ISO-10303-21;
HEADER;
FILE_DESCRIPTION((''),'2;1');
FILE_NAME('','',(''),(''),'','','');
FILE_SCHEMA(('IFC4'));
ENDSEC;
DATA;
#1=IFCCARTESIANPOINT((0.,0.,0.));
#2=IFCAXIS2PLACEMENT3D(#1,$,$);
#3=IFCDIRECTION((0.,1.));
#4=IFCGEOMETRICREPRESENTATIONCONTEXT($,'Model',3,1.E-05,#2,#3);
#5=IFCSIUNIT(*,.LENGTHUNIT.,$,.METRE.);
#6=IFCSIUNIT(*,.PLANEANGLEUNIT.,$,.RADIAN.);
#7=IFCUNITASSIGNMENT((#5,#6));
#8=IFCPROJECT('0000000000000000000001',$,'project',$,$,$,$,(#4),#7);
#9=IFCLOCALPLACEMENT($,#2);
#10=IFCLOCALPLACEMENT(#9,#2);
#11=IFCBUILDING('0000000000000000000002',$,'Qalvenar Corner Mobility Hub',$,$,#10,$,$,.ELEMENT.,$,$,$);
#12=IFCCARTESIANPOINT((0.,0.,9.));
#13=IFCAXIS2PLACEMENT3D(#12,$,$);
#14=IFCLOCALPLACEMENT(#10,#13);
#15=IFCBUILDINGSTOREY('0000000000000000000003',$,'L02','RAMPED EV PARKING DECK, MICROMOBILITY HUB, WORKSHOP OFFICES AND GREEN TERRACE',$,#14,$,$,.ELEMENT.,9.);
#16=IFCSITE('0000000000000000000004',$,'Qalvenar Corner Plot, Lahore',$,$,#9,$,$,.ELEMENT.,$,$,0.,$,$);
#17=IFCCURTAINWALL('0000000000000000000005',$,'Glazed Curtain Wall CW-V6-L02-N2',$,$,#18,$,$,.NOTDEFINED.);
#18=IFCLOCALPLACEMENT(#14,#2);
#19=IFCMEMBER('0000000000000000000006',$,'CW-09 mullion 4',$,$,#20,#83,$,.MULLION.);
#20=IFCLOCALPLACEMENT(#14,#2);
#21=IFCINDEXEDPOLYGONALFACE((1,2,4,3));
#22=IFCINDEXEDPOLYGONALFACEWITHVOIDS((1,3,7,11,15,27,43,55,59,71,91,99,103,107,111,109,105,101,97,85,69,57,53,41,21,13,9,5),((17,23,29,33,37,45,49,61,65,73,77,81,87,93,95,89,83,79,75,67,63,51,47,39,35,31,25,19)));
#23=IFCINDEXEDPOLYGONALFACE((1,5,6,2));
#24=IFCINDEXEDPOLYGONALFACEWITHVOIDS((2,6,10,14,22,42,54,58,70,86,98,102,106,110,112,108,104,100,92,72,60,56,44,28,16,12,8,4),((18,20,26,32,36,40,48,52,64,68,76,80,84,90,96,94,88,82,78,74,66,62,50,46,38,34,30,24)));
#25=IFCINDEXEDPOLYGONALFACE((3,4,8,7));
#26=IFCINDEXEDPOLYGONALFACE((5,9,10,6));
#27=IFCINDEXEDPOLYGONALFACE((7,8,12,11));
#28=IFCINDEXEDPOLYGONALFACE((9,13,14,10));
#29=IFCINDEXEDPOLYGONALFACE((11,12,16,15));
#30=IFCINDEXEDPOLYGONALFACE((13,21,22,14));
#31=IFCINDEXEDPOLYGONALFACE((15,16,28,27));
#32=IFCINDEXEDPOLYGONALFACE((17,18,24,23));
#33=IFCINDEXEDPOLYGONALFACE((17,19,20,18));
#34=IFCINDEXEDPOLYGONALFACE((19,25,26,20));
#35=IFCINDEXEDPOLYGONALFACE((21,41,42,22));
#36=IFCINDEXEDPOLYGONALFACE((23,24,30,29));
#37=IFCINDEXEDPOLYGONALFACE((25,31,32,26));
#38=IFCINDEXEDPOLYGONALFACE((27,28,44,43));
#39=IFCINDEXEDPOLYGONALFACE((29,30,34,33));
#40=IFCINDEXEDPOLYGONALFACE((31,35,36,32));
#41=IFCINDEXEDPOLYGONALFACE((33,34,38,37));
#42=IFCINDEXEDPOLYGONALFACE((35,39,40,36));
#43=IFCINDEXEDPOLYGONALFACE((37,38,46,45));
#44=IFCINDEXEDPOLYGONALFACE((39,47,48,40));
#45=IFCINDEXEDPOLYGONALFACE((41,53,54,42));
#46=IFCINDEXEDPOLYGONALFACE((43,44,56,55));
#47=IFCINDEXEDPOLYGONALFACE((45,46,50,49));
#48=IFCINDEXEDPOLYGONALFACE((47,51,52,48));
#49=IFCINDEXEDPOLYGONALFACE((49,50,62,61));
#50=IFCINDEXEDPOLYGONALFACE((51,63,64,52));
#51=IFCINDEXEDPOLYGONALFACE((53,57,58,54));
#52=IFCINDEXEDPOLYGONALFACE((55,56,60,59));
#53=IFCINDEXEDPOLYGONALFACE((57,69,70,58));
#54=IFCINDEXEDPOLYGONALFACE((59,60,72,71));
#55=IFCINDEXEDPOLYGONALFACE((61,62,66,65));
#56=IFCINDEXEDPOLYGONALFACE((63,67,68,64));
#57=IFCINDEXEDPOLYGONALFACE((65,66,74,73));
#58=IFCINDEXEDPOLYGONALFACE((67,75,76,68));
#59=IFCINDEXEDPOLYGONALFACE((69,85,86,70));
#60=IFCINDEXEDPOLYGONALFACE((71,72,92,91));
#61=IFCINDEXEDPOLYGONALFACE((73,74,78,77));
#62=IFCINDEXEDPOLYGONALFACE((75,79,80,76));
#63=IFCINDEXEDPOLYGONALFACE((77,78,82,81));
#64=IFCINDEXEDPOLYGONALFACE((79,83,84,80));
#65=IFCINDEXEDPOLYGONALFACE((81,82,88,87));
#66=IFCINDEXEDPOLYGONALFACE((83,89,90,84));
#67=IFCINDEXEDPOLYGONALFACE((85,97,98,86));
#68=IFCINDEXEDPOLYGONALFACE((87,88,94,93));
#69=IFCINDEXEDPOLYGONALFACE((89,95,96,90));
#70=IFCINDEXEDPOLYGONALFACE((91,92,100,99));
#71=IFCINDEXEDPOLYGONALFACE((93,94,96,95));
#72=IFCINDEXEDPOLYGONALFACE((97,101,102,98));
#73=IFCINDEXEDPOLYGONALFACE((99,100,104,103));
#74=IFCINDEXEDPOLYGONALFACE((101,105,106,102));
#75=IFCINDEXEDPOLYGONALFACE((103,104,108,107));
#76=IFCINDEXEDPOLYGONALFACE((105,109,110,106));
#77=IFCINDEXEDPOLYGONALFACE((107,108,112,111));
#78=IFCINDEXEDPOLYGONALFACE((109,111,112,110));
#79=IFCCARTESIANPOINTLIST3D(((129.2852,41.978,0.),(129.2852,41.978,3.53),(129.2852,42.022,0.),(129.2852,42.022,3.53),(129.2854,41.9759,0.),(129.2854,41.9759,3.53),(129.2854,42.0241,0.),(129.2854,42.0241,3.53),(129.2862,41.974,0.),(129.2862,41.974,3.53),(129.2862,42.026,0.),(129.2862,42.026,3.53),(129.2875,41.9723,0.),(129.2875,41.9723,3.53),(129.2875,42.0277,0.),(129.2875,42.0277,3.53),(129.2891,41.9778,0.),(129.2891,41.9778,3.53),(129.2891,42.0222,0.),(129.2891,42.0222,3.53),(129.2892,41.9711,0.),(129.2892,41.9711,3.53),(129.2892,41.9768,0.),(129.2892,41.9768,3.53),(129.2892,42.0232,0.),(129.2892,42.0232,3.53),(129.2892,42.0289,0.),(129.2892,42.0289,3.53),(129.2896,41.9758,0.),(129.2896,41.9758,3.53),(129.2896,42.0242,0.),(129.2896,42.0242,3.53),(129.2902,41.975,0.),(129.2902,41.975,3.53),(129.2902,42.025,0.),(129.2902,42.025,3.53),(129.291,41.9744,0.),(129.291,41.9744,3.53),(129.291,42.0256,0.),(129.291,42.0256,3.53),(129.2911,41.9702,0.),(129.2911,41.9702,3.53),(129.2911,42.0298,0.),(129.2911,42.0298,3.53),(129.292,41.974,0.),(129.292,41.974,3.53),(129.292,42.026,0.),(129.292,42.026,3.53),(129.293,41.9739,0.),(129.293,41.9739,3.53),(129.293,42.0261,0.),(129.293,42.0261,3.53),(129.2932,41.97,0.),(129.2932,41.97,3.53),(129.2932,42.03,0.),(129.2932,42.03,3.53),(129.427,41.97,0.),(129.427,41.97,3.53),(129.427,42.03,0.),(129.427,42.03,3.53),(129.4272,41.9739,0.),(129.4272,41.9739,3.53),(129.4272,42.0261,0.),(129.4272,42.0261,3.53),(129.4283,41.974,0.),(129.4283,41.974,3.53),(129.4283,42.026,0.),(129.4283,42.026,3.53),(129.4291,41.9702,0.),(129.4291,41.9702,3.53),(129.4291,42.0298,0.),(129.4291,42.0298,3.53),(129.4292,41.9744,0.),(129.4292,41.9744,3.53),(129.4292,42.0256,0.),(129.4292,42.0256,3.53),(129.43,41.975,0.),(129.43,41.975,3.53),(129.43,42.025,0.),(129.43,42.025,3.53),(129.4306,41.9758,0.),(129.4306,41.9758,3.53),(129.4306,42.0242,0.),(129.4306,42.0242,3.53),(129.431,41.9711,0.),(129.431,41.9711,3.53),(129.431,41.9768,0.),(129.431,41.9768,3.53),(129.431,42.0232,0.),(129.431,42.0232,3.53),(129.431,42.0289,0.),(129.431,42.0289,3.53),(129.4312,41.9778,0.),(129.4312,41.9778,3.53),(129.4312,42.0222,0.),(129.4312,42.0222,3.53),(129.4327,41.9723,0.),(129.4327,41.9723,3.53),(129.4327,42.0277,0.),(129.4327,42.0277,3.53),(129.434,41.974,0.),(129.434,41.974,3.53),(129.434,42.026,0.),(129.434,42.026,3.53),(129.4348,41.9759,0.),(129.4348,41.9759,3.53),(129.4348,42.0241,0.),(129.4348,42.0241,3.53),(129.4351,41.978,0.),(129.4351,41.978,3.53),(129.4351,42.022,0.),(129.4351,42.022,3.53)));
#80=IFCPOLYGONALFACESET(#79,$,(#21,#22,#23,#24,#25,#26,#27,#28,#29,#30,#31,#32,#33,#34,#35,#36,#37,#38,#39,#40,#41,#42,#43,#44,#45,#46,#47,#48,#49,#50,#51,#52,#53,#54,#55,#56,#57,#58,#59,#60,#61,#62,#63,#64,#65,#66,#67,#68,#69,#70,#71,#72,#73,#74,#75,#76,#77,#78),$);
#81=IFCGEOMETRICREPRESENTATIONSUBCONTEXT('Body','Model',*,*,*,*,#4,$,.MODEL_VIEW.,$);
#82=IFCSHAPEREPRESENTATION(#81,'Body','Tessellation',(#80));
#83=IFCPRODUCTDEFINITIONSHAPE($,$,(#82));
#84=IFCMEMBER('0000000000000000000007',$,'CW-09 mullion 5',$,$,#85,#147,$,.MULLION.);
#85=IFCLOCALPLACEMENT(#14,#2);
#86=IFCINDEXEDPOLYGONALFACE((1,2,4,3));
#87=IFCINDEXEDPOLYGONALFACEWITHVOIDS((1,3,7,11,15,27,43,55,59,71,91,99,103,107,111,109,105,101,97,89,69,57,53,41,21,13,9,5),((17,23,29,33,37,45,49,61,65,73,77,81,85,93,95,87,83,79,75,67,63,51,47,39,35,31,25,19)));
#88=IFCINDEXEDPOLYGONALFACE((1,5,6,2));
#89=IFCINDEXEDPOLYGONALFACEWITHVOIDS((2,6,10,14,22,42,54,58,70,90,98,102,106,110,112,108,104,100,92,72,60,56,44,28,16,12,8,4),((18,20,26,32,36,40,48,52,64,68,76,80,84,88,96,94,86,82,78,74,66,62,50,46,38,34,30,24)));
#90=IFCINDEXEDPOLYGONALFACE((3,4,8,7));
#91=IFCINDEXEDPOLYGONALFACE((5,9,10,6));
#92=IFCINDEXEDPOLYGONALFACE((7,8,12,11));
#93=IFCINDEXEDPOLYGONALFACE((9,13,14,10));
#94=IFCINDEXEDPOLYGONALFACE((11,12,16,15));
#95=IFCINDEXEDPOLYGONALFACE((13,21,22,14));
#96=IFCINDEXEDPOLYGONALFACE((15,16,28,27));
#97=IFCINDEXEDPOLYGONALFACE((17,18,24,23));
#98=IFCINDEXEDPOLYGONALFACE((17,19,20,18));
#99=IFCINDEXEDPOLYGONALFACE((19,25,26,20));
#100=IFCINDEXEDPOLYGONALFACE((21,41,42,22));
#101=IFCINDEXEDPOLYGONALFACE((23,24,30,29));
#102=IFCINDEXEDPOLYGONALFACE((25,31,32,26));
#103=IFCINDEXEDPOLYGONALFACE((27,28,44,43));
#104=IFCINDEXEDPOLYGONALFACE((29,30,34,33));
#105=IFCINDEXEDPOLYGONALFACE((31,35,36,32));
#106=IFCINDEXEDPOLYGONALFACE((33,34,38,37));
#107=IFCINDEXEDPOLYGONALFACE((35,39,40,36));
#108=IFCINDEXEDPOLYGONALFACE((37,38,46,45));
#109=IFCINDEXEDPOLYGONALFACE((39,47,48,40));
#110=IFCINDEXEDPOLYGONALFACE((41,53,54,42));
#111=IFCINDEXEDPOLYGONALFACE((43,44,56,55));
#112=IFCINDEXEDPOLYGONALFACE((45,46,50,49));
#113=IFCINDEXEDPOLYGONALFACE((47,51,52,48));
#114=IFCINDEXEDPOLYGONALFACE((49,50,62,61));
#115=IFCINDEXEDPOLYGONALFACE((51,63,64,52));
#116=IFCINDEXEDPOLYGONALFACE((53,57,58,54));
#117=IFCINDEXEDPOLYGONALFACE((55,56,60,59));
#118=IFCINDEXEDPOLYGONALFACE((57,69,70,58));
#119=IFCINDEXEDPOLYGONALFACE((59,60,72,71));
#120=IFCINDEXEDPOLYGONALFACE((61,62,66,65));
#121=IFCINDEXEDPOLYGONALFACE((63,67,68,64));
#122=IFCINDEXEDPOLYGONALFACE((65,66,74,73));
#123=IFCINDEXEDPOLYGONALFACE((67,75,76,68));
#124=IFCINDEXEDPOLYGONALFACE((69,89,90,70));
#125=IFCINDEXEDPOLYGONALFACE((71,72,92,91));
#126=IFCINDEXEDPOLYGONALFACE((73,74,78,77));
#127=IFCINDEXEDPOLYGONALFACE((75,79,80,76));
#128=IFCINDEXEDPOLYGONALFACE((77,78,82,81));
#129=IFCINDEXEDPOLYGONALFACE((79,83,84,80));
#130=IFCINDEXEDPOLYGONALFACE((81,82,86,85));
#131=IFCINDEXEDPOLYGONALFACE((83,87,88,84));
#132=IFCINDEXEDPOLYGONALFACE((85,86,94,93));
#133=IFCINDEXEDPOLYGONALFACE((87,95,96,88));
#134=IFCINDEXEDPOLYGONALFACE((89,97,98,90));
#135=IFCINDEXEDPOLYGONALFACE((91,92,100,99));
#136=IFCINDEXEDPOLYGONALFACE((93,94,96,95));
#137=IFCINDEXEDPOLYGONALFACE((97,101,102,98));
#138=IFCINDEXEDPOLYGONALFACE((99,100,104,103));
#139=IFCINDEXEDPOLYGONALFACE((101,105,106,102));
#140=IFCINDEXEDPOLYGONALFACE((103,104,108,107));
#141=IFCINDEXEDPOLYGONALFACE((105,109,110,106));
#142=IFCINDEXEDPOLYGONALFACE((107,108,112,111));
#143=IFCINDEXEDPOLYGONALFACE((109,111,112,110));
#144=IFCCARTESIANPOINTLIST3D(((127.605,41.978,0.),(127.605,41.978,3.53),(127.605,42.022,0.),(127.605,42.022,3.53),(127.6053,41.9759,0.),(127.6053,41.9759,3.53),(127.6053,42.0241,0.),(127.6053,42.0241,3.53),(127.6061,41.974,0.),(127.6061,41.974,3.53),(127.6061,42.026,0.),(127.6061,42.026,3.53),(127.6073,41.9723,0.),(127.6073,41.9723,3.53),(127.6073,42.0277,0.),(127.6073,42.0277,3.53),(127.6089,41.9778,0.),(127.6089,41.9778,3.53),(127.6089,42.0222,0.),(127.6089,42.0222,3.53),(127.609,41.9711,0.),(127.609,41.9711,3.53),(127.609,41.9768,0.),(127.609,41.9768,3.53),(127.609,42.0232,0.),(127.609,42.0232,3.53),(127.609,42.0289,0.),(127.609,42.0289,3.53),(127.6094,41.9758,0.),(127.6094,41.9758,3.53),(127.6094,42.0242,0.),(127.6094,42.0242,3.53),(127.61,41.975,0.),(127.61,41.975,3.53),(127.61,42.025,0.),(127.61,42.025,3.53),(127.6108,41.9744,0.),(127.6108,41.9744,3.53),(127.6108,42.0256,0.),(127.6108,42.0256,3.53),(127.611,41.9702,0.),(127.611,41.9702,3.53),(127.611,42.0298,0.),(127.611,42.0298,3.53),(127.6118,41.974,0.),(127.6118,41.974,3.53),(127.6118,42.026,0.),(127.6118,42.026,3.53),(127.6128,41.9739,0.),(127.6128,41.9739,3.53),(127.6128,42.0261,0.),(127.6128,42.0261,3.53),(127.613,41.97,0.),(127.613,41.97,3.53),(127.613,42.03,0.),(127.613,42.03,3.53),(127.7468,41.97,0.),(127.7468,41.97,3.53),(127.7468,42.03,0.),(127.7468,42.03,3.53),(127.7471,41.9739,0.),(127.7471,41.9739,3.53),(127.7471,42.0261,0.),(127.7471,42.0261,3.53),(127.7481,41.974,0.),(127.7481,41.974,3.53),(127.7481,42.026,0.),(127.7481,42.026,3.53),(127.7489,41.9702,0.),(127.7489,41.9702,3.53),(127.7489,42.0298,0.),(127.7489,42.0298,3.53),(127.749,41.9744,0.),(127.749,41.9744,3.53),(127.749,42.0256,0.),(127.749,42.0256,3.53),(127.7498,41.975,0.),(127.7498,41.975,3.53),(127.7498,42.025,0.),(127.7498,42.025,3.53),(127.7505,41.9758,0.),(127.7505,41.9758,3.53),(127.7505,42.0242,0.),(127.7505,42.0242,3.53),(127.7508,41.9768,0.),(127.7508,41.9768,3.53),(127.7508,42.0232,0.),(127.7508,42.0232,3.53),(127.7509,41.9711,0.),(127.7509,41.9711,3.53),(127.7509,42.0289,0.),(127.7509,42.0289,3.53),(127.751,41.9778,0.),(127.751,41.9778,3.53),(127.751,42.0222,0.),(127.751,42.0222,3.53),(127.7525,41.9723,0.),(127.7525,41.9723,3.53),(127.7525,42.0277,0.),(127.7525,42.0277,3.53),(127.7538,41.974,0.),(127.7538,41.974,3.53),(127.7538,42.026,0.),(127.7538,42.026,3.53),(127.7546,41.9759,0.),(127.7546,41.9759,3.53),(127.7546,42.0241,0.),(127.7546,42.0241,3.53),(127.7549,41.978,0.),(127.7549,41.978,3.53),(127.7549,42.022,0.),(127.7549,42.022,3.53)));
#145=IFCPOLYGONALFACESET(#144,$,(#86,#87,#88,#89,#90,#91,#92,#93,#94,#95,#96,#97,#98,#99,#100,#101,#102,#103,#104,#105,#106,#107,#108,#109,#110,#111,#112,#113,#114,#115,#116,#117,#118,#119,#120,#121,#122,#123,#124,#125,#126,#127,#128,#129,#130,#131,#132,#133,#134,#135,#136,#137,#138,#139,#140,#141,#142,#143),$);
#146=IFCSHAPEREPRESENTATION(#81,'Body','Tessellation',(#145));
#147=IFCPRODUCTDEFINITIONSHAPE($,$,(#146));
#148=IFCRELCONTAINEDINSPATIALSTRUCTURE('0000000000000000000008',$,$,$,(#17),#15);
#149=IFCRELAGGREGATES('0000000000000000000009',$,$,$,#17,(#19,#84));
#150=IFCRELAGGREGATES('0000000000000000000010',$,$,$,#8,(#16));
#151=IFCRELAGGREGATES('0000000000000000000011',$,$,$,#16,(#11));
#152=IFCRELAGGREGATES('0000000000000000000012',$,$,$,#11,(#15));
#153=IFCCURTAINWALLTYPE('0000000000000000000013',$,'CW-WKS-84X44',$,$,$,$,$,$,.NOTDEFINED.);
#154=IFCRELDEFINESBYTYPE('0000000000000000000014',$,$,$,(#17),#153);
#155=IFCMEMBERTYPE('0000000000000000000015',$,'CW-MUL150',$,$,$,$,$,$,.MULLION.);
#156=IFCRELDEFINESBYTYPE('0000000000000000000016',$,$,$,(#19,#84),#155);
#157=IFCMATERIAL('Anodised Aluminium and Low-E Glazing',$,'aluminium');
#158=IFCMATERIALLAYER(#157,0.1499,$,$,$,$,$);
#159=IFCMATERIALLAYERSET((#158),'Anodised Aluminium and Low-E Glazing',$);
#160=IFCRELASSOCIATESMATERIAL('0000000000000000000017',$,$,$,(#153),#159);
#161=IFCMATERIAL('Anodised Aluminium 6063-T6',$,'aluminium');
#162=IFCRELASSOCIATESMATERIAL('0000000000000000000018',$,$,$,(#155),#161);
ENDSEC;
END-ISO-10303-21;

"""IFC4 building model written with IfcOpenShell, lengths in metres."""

from ifc_helpers import new_model, si_unit, direction, frame, origin, origin_2d, place, context, subcontext, project, spatial, hollow_rectangle, extrude, material, layer, layer_set, material_profile, profile_set, type_object, element, aggregate, save


model = new_model("IFC4")

# Units and contexts
model_context = context("Model", 3, precision=1e-05, world=origin(), true_north=direction((0.0, 1.0)))
body_context = subcontext(model_context, "Body", "Model", "MODEL_VIEW")
ifc_project = project(units=[si_unit("LENGTHUNIT", "METRE"), si_unit("PLANEANGLEUNIT", "RADIAN")], contexts=[model_context])

# Site, building, storey
site_placement = place(None, origin())
site = spatial("IfcSite", under=ifc_project, at=site_placement, Name="Qalvenar Corner Plot, Lahore", CompositionType="ELEMENT", RefElevation=0.0)
building_placement = place(site_placement, origin())
building = spatial("IfcBuilding", under=site, at=building_placement, Name="Qalvenar Corner Mobility Hub", CompositionType="ELEMENT")
storey_placement = place(building_placement, frame((0.0, 0.0, 9.0)))
storey = spatial("IfcBuildingStorey", under=building, at=storey_placement, Name="L02", Description="RAMPED EV PARKING DECK, MICROMOBILITY HUB, WORKSHOP OFFICES AND GREEN TERRACE", CompositionType="ELEMENT", Elevation=9.0)

# Curtain wall, members
ifc_material_1 = material(Name="Anodised Aluminium and Low-E Glazing", Category="aluminium")
ifc_layer_1 = layer(ifc_material_1, 0.1499)
ifc_layer_set_1 = layer_set([ifc_layer_1], Name="Anodised Aluminium and Low-E Glazing")
curtain_wall_type = type_object("IfcCurtainWallType", Name="CW-WKS-84X44", PredefinedType="NOTDEFINED", material=ifc_layer_set_1)
curtain_wall_placement = place(storey_placement, origin())
curtain_wall = element("IfcCurtainWall", 1, at=curtain_wall_placement, inside=storey, type_object=curtain_wall_type, Name="Glazed Curtain Wall CW-V6-L02-N2", PredefinedType="NOTDEFINED")
ifc_material_2 = material(Name="Anodised Aluminium 6063-T6", Category="aluminium")
ifc_material_profile_1 = material_profile(ifc_material_2, hollow_rectangle(XDim=0.0601, YDim=0.1499, WallThickness=0.0039, InnerFilletRadius=0.0039, OuterFilletRadius=0.0081, at=origin_2d()), Name="RHS150x60x4")
ifc_profile_set_1 = profile_set([ifc_material_profile_1], Name="Anodised Aluminium 6063-T6")
member_type_1 = type_object("IfcMemberType", Name="CW-MUL150", PredefinedType="MULLION", material=ifc_profile_set_1)
member_1_placement = place(storey_placement, frame((129.3601, 42.0, 0.0), z_axis=(0.0, 0.0, 1.0), x_axis=(0.0, -1.0, 0.0)))
member_1 = element("IfcMember", 2, at=member_1_placement, type_object=member_type_1, Name="CW-09 mullion 4", PredefinedType="MULLION", context=body_context, shape_type="SweptSolid", body=[
    extrude(hollow_rectangle(XDim=0.0601, YDim=0.1499, WallThickness=0.0039, InnerFilletRadius=0.0039, OuterFilletRadius=0.0081, at=origin_2d()), origin(), (0.0, 0.0, 1.0), 3.53),
])
member_2_placement = place(storey_placement, frame((127.6799, 42.0, 0.0), z_axis=(0.0, 0.0, 1.0), x_axis=(0.0, -1.0, 0.0)))
member_2 = element("IfcMember", 3, at=member_2_placement, type_object=member_type_1, Name="CW-09 mullion 5", PredefinedType="MULLION", context=body_context, shape_type="SweptSolid", body=[
    extrude(hollow_rectangle(XDim=0.0601, YDim=0.1499, WallThickness=0.0039, InnerFilletRadius=0.0039, OuterFilletRadius=0.0081, at=origin_2d()), origin(), (0.0, 0.0, 1.0), 3.53),
])
aggregate(curtain_wall, [member_1, member_2])

save(model, "model.ifc")
